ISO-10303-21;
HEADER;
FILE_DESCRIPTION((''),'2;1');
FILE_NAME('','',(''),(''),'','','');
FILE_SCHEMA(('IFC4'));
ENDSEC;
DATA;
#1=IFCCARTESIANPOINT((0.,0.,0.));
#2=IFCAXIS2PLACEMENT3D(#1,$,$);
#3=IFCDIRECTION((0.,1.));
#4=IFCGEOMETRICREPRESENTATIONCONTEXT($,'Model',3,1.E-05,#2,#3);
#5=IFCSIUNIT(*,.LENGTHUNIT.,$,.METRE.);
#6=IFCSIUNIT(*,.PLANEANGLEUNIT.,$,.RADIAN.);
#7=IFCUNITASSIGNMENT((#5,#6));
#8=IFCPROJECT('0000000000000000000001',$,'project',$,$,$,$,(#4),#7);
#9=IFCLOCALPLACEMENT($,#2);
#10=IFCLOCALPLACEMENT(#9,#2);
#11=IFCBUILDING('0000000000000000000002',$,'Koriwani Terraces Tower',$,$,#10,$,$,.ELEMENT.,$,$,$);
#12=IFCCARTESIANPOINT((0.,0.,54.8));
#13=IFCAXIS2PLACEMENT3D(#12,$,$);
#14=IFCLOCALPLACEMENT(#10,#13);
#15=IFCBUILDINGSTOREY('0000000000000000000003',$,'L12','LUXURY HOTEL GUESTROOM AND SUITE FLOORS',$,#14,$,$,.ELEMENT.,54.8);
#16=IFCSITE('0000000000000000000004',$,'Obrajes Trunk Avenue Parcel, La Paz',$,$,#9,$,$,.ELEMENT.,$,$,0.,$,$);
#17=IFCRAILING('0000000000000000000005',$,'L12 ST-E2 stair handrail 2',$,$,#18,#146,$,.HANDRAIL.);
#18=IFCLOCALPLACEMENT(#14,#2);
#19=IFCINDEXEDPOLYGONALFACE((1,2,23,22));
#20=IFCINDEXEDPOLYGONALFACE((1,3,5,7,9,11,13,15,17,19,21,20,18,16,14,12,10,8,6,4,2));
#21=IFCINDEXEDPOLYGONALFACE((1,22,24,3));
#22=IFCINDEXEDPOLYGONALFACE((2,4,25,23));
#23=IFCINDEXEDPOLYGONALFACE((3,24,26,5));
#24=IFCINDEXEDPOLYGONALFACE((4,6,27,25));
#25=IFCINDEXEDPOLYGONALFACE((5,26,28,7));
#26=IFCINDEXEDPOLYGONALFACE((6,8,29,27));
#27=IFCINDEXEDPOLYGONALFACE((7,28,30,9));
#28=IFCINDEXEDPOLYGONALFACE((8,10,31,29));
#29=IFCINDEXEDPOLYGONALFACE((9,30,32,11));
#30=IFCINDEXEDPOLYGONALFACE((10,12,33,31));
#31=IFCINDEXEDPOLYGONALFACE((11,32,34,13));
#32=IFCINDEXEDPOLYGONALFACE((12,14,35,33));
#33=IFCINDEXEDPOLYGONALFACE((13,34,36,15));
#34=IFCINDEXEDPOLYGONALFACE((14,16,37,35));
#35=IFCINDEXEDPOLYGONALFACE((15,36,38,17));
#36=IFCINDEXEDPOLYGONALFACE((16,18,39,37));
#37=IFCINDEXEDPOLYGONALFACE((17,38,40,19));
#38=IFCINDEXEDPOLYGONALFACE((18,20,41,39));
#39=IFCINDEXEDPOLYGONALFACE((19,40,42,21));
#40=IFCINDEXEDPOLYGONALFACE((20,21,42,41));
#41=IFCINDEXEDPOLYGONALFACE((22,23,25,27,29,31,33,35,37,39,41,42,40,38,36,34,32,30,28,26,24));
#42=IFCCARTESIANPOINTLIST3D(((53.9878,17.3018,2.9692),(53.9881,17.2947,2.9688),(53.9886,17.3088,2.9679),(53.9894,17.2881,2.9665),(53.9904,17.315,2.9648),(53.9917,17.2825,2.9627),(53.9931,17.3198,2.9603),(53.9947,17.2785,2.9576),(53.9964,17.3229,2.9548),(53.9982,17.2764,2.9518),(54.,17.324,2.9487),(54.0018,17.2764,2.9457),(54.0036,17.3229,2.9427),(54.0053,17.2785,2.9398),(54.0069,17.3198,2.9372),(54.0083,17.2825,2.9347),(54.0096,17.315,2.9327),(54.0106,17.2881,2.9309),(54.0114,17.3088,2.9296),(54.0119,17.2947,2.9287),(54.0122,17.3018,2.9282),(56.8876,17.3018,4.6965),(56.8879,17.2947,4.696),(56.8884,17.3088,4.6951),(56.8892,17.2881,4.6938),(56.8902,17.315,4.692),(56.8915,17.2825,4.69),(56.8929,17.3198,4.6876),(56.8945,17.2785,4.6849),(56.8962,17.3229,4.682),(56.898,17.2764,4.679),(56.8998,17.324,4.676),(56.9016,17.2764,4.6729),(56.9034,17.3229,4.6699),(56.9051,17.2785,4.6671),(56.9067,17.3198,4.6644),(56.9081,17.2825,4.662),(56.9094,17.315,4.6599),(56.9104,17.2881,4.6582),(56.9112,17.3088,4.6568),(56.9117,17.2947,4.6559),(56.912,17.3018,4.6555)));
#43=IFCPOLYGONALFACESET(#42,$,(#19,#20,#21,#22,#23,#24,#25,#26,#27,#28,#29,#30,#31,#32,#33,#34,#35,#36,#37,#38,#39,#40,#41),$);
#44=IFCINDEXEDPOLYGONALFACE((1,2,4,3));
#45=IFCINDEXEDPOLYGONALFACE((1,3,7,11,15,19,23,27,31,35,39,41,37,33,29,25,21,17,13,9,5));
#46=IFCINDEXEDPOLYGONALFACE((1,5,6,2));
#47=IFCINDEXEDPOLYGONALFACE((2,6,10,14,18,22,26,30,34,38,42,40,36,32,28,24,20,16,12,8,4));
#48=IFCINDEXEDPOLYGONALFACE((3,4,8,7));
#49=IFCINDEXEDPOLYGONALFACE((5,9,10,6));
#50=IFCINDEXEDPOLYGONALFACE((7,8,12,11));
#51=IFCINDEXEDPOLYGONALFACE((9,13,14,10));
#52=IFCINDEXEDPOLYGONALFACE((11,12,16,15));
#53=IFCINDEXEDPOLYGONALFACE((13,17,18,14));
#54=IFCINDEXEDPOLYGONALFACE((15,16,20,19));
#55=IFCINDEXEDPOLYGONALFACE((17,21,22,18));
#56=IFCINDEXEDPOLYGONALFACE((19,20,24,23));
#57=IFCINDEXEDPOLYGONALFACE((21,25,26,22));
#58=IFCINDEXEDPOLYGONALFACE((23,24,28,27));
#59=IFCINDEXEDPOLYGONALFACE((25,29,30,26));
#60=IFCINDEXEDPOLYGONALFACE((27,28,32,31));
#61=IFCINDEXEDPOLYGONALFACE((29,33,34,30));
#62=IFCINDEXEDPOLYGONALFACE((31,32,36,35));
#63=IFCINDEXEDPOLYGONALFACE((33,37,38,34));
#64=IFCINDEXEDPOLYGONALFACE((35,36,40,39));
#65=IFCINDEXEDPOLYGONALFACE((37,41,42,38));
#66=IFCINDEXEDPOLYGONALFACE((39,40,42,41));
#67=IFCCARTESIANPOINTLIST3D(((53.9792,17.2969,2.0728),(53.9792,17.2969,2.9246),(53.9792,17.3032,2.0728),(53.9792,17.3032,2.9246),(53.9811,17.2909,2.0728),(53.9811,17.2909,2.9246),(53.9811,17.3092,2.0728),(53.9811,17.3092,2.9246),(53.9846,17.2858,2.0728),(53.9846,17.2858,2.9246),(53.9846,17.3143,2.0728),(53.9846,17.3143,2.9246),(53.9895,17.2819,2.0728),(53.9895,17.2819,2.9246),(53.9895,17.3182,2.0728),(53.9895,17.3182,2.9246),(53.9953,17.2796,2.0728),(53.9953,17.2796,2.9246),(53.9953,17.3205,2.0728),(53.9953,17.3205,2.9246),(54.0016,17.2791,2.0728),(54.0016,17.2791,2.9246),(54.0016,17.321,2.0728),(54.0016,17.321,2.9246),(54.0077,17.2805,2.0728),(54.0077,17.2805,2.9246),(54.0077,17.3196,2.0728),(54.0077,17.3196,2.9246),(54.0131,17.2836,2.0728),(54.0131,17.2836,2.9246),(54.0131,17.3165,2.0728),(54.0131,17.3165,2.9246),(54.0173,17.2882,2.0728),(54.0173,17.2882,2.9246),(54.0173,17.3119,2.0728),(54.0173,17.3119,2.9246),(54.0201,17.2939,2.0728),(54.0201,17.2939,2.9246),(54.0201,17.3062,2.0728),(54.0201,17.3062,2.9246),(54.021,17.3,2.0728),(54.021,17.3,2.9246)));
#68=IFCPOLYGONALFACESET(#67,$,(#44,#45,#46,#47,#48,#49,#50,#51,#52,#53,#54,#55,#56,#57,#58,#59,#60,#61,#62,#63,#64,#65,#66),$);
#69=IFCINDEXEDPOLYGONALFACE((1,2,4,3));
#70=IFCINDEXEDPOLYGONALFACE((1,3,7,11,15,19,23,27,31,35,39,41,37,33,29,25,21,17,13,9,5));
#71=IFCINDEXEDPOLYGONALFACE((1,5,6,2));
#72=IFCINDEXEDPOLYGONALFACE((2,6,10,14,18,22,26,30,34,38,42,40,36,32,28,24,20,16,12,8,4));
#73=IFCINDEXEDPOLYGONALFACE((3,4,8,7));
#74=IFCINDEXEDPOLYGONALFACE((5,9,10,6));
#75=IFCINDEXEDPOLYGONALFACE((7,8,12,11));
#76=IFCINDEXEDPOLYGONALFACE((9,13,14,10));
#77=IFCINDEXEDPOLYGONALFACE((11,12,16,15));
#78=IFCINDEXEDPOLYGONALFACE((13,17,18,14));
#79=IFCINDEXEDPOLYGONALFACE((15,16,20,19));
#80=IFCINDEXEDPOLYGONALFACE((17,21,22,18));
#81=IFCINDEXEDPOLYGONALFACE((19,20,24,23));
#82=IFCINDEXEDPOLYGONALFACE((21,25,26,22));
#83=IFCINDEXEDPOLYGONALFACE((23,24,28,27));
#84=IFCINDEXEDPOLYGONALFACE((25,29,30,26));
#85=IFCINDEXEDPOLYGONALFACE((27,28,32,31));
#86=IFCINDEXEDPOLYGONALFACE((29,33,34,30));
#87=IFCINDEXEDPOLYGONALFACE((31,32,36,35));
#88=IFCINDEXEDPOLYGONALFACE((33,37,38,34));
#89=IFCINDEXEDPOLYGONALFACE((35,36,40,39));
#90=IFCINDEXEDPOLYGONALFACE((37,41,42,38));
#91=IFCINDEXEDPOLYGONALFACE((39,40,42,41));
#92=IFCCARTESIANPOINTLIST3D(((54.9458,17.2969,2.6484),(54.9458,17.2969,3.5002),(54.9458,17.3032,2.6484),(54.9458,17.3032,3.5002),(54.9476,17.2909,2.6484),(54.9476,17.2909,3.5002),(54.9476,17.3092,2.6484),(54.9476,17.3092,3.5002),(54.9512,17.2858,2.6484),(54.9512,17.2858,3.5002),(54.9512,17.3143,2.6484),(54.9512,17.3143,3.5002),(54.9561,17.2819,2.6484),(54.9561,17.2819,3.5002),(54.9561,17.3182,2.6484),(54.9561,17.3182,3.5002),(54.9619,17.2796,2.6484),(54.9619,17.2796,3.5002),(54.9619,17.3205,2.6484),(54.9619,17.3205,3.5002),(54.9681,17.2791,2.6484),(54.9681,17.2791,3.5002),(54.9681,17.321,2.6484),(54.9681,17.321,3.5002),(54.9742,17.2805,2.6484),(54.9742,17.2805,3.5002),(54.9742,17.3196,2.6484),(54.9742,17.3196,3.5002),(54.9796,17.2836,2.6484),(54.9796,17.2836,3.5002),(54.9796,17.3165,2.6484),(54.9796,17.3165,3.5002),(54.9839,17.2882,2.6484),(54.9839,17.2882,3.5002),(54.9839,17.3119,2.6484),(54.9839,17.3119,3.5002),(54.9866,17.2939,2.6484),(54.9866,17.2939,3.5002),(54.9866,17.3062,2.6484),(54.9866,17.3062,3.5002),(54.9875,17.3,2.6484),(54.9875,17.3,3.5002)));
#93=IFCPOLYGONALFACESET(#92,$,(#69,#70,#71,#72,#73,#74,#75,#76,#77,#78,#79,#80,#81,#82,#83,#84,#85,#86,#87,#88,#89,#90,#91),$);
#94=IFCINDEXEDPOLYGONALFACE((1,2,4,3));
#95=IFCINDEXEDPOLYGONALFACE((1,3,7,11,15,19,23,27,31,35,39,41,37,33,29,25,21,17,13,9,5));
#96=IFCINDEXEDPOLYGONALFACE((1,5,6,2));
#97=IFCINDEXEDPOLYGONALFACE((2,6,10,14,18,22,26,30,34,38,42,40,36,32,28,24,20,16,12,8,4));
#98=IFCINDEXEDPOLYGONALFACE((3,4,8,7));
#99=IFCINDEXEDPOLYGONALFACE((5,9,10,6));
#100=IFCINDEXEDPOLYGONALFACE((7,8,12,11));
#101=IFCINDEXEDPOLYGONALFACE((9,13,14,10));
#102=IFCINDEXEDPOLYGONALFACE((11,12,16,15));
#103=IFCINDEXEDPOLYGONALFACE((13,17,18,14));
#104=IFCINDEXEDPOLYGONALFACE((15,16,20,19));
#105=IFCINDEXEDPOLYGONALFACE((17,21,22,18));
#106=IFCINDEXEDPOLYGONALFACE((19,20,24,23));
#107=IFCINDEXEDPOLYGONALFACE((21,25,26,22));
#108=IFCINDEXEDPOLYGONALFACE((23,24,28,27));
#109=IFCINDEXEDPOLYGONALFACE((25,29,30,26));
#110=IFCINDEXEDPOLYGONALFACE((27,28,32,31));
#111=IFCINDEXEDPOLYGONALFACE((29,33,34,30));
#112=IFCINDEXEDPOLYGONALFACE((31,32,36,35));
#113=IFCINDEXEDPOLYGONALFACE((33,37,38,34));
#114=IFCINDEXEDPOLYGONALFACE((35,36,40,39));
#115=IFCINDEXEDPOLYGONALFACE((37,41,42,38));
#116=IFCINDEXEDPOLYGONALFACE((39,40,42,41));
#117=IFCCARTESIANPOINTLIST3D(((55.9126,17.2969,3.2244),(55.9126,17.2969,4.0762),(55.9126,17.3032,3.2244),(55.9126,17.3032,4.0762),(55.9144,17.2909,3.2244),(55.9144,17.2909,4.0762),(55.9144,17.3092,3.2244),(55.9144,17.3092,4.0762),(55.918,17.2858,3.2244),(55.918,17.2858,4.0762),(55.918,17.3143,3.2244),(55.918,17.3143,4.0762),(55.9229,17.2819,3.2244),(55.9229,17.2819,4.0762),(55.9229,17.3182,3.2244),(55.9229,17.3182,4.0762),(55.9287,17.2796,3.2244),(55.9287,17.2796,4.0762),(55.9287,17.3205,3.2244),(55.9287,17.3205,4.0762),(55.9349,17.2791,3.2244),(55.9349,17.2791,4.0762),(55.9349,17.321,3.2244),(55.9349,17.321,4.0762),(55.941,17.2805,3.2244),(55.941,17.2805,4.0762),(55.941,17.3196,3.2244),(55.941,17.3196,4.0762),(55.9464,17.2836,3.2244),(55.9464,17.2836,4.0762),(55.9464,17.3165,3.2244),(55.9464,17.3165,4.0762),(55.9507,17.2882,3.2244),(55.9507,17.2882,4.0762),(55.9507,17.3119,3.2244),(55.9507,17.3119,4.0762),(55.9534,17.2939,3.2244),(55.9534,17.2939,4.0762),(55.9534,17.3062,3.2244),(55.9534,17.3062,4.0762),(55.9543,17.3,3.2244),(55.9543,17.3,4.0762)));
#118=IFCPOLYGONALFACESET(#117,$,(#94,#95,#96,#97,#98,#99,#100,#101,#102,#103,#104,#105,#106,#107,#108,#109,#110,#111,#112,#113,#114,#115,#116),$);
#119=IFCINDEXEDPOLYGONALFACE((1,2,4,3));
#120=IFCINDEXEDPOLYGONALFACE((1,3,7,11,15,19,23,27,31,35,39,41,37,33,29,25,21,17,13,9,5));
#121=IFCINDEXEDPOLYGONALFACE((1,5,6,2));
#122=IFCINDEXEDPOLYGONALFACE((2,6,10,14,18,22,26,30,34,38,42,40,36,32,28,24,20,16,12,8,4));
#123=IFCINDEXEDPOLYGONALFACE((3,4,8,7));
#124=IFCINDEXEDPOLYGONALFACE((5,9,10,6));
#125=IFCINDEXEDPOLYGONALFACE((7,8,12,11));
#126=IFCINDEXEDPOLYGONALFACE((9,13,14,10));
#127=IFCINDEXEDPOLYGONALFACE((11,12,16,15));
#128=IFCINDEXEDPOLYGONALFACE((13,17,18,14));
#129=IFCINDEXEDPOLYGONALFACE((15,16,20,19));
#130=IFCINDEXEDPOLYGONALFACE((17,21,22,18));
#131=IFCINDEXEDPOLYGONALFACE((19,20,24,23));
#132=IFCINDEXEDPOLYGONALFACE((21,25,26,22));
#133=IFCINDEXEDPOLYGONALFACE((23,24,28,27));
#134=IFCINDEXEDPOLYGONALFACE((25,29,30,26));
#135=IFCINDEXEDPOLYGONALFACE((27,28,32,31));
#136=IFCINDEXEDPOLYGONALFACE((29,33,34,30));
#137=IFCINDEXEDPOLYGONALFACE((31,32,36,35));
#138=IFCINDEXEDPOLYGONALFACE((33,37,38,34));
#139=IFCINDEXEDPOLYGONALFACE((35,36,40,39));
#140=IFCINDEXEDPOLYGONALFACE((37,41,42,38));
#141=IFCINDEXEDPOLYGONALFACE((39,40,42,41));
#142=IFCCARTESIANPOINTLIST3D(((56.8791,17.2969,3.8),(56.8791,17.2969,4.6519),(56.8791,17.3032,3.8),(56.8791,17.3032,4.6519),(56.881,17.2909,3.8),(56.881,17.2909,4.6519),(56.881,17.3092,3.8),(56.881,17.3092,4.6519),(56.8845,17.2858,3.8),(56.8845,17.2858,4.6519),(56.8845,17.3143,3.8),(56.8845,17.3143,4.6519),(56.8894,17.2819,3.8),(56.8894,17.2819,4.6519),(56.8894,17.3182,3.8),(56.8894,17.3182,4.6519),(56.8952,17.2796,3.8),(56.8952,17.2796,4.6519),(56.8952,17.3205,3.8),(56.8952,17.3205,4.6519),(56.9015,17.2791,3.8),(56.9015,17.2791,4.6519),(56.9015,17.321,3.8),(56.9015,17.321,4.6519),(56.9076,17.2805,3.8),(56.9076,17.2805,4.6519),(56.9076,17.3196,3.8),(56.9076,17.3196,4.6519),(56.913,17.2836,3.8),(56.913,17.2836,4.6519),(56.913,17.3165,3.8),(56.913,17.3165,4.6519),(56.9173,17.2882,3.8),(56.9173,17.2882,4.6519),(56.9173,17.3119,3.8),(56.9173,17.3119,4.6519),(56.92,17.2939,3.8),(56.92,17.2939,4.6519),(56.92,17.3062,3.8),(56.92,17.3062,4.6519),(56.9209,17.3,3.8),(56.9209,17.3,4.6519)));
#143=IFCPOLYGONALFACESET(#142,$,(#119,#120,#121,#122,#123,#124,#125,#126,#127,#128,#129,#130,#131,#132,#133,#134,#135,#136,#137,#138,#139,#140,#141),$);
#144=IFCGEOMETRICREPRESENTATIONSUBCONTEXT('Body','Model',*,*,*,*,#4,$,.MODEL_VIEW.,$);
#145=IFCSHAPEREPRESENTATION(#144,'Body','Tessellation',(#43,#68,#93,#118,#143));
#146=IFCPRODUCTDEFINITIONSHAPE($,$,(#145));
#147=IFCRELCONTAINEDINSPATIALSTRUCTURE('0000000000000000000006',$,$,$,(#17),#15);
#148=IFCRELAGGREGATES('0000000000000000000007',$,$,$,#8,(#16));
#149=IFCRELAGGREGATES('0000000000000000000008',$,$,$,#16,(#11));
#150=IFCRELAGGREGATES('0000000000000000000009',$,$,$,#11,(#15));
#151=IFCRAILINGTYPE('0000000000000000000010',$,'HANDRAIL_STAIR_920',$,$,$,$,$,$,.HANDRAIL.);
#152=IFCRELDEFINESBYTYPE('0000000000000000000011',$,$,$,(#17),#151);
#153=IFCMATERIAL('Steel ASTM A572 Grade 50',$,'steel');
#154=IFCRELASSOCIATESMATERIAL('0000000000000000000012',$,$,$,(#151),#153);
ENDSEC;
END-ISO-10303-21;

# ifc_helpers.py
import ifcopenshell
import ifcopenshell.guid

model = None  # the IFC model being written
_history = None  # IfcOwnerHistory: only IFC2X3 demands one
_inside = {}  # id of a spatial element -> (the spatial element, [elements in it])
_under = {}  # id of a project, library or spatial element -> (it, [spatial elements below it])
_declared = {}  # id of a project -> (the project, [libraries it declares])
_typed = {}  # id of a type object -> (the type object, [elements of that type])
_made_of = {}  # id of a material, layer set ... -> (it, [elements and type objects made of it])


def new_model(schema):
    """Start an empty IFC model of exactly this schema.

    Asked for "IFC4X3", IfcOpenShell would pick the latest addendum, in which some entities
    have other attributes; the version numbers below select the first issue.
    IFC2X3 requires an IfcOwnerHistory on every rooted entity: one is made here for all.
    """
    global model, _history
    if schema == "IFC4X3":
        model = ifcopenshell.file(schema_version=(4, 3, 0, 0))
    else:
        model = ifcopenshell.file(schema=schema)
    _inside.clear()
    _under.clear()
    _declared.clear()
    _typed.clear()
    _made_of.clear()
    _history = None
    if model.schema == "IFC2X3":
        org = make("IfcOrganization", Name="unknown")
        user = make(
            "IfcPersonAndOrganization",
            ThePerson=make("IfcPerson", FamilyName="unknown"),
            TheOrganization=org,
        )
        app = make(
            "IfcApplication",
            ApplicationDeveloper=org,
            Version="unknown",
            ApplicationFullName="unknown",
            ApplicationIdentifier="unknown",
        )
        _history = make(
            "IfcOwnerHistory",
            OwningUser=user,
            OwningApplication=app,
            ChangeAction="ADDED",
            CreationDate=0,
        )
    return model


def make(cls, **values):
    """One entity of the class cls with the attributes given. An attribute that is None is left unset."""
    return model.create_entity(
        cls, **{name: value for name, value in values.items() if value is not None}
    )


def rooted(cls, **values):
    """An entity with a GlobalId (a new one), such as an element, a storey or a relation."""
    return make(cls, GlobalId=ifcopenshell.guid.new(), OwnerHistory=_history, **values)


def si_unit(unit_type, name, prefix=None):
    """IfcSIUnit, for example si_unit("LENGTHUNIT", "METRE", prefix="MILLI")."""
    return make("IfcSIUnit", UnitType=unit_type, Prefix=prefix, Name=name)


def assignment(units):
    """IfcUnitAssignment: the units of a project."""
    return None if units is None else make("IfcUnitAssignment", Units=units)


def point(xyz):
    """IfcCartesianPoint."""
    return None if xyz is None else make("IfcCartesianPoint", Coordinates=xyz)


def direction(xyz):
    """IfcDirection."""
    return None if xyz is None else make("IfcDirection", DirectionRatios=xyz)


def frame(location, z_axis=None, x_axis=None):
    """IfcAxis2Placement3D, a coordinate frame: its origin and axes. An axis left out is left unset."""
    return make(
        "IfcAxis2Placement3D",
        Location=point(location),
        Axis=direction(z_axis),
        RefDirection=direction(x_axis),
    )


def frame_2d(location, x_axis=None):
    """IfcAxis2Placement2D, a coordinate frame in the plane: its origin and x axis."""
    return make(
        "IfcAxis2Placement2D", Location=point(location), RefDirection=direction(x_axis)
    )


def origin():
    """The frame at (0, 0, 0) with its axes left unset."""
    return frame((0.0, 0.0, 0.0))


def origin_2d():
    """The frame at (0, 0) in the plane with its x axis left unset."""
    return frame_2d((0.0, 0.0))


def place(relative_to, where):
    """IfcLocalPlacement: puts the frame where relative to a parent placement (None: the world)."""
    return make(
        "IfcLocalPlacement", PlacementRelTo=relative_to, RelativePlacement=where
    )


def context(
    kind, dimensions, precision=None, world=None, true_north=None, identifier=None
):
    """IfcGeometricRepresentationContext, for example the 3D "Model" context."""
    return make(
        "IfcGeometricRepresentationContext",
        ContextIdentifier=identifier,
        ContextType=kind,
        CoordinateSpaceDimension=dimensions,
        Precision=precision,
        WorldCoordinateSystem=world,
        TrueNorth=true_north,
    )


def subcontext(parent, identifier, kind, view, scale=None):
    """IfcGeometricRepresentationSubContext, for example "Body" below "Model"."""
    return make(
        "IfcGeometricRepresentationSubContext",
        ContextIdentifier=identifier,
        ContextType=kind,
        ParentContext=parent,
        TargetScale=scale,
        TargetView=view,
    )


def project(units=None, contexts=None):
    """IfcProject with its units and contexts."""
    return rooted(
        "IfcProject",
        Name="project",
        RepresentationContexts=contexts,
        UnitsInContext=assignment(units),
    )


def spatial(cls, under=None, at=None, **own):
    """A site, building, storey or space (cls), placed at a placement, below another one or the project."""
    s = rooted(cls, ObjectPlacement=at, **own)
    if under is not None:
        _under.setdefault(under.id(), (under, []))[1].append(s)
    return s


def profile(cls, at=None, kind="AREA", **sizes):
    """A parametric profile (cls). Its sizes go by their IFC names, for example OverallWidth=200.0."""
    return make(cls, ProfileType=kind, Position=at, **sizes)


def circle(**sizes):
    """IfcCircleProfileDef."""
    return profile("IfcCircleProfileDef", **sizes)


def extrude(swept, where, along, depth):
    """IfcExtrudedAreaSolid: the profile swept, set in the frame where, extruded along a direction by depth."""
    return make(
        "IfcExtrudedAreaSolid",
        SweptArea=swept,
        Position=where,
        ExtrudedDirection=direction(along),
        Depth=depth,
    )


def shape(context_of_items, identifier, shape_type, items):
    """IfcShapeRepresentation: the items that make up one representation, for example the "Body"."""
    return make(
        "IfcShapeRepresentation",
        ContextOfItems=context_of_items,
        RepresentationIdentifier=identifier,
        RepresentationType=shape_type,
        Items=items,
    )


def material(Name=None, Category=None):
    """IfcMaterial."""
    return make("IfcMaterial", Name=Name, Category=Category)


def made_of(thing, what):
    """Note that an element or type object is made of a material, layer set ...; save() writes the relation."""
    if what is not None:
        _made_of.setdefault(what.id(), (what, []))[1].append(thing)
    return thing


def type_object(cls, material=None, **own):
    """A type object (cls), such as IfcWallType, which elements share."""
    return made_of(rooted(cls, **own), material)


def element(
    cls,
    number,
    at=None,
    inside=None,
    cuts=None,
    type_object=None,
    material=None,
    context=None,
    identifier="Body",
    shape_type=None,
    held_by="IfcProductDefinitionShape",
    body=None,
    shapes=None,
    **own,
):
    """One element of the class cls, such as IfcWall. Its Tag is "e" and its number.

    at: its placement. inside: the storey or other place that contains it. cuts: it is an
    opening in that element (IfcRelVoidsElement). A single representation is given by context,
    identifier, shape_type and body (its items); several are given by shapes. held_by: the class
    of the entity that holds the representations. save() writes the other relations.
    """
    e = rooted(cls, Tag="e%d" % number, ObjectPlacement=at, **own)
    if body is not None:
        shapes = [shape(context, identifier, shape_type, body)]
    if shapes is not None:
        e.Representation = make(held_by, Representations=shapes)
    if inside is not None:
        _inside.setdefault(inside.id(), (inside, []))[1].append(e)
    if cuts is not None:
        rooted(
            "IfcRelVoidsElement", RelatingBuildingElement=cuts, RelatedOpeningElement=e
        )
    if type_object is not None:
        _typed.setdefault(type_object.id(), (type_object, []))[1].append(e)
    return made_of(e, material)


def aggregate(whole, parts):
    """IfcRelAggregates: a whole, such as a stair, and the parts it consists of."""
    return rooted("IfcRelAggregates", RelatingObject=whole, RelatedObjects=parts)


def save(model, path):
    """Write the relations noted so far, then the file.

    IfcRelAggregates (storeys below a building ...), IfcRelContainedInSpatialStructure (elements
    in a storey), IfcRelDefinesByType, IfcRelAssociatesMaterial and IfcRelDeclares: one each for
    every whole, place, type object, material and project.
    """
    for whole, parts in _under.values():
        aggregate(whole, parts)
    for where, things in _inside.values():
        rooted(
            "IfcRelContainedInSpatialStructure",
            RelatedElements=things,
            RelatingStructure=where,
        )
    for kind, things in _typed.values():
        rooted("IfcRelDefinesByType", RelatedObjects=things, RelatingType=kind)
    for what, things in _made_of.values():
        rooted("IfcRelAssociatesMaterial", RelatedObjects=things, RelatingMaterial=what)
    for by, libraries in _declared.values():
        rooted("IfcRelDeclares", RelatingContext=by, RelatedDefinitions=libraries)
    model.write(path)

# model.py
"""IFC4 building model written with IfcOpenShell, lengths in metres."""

from ifc_helpers import new_model, si_unit, direction, frame, origin, origin_2d, place, context, subcontext, project, spatial, circle, extrude, material, type_object, element, save


model = new_model("IFC4")

# Units and contexts
model_context = context("Model", 3, precision=1e-05, world=origin(), true_north=direction((0.0, 1.0)))
body_context = subcontext(model_context, "Body", "Model", "MODEL_VIEW")
ifc_project = project(units=[si_unit("LENGTHUNIT", "METRE"), si_unit("PLANEANGLEUNIT", "RADIAN")], contexts=[model_context])

# Site, building, storey
site_placement = place(None, origin())
site = spatial("IfcSite", under=ifc_project, at=site_placement, Name="Obrajes Trunk Avenue Parcel, La Paz", CompositionType="ELEMENT", RefElevation=0.0)
building_placement = place(site_placement, origin())
building = spatial("IfcBuilding", under=site, at=building_placement, Name="Koriwani Terraces Tower", CompositionType="ELEMENT")
storey_placement = place(building_placement, frame((0.0, 0.0, 54.8)))
storey = spatial("IfcBuildingStorey", under=building, at=storey_placement, Name="L12", Description="LUXURY HOTEL GUESTROOM AND SUITE FLOORS", CompositionType="ELEMENT", Elevation=54.8)

# Shared definitions
ifc_material_1 = material(Name="Steel ASTM A572 Grade 50", Category="steel")

# Railing
railing_type_1 = type_object("IfcRailingType", Name="HANDRAIL_STAIR_920", PredefinedType="HANDRAIL", material=ifc_material_1)
railing_1_placement = place(storey_placement, frame((54.0, 17.3, 2.0728)))
element("IfcRailing", 1, at=railing_1_placement, inside=storey, type_object=railing_type_1, Name="L12 ST-E2 stair handrail 2", PredefinedType="HANDRAIL", context=body_context, shape_type="SweptSolid", body=[
    extrude(circle(Radius=0.0239, at=origin_2d()), frame((0.0, 0.0, 0.876), z_axis=(0.859141, 0.0, 0.511738), x_axis=(0.0, 1.0, 0.0)), (0.0, 0.0, 1.0), 3.3752),
    extrude(circle(Radius=0.021, at=origin_2d()), origin(), (0.0, 0.0, 1.0), 0.8518),
    extrude(circle(Radius=0.021, at=origin_2d()), frame((0.9666, 0.0, 0.5757)), (0.0, 0.0, 1.0), 0.8518),
    extrude(circle(Radius=0.021, at=origin_2d()), frame((1.9333, 0.0, 1.1516)), (0.0, 0.0, 1.0), 0.8518),
    extrude(circle(Radius=0.021, at=origin_2d()), frame((2.8999, 0.0, 1.7273)), (0.0, 0.0, 1.0), 0.8518),
])

save(model, "model.ifc")
